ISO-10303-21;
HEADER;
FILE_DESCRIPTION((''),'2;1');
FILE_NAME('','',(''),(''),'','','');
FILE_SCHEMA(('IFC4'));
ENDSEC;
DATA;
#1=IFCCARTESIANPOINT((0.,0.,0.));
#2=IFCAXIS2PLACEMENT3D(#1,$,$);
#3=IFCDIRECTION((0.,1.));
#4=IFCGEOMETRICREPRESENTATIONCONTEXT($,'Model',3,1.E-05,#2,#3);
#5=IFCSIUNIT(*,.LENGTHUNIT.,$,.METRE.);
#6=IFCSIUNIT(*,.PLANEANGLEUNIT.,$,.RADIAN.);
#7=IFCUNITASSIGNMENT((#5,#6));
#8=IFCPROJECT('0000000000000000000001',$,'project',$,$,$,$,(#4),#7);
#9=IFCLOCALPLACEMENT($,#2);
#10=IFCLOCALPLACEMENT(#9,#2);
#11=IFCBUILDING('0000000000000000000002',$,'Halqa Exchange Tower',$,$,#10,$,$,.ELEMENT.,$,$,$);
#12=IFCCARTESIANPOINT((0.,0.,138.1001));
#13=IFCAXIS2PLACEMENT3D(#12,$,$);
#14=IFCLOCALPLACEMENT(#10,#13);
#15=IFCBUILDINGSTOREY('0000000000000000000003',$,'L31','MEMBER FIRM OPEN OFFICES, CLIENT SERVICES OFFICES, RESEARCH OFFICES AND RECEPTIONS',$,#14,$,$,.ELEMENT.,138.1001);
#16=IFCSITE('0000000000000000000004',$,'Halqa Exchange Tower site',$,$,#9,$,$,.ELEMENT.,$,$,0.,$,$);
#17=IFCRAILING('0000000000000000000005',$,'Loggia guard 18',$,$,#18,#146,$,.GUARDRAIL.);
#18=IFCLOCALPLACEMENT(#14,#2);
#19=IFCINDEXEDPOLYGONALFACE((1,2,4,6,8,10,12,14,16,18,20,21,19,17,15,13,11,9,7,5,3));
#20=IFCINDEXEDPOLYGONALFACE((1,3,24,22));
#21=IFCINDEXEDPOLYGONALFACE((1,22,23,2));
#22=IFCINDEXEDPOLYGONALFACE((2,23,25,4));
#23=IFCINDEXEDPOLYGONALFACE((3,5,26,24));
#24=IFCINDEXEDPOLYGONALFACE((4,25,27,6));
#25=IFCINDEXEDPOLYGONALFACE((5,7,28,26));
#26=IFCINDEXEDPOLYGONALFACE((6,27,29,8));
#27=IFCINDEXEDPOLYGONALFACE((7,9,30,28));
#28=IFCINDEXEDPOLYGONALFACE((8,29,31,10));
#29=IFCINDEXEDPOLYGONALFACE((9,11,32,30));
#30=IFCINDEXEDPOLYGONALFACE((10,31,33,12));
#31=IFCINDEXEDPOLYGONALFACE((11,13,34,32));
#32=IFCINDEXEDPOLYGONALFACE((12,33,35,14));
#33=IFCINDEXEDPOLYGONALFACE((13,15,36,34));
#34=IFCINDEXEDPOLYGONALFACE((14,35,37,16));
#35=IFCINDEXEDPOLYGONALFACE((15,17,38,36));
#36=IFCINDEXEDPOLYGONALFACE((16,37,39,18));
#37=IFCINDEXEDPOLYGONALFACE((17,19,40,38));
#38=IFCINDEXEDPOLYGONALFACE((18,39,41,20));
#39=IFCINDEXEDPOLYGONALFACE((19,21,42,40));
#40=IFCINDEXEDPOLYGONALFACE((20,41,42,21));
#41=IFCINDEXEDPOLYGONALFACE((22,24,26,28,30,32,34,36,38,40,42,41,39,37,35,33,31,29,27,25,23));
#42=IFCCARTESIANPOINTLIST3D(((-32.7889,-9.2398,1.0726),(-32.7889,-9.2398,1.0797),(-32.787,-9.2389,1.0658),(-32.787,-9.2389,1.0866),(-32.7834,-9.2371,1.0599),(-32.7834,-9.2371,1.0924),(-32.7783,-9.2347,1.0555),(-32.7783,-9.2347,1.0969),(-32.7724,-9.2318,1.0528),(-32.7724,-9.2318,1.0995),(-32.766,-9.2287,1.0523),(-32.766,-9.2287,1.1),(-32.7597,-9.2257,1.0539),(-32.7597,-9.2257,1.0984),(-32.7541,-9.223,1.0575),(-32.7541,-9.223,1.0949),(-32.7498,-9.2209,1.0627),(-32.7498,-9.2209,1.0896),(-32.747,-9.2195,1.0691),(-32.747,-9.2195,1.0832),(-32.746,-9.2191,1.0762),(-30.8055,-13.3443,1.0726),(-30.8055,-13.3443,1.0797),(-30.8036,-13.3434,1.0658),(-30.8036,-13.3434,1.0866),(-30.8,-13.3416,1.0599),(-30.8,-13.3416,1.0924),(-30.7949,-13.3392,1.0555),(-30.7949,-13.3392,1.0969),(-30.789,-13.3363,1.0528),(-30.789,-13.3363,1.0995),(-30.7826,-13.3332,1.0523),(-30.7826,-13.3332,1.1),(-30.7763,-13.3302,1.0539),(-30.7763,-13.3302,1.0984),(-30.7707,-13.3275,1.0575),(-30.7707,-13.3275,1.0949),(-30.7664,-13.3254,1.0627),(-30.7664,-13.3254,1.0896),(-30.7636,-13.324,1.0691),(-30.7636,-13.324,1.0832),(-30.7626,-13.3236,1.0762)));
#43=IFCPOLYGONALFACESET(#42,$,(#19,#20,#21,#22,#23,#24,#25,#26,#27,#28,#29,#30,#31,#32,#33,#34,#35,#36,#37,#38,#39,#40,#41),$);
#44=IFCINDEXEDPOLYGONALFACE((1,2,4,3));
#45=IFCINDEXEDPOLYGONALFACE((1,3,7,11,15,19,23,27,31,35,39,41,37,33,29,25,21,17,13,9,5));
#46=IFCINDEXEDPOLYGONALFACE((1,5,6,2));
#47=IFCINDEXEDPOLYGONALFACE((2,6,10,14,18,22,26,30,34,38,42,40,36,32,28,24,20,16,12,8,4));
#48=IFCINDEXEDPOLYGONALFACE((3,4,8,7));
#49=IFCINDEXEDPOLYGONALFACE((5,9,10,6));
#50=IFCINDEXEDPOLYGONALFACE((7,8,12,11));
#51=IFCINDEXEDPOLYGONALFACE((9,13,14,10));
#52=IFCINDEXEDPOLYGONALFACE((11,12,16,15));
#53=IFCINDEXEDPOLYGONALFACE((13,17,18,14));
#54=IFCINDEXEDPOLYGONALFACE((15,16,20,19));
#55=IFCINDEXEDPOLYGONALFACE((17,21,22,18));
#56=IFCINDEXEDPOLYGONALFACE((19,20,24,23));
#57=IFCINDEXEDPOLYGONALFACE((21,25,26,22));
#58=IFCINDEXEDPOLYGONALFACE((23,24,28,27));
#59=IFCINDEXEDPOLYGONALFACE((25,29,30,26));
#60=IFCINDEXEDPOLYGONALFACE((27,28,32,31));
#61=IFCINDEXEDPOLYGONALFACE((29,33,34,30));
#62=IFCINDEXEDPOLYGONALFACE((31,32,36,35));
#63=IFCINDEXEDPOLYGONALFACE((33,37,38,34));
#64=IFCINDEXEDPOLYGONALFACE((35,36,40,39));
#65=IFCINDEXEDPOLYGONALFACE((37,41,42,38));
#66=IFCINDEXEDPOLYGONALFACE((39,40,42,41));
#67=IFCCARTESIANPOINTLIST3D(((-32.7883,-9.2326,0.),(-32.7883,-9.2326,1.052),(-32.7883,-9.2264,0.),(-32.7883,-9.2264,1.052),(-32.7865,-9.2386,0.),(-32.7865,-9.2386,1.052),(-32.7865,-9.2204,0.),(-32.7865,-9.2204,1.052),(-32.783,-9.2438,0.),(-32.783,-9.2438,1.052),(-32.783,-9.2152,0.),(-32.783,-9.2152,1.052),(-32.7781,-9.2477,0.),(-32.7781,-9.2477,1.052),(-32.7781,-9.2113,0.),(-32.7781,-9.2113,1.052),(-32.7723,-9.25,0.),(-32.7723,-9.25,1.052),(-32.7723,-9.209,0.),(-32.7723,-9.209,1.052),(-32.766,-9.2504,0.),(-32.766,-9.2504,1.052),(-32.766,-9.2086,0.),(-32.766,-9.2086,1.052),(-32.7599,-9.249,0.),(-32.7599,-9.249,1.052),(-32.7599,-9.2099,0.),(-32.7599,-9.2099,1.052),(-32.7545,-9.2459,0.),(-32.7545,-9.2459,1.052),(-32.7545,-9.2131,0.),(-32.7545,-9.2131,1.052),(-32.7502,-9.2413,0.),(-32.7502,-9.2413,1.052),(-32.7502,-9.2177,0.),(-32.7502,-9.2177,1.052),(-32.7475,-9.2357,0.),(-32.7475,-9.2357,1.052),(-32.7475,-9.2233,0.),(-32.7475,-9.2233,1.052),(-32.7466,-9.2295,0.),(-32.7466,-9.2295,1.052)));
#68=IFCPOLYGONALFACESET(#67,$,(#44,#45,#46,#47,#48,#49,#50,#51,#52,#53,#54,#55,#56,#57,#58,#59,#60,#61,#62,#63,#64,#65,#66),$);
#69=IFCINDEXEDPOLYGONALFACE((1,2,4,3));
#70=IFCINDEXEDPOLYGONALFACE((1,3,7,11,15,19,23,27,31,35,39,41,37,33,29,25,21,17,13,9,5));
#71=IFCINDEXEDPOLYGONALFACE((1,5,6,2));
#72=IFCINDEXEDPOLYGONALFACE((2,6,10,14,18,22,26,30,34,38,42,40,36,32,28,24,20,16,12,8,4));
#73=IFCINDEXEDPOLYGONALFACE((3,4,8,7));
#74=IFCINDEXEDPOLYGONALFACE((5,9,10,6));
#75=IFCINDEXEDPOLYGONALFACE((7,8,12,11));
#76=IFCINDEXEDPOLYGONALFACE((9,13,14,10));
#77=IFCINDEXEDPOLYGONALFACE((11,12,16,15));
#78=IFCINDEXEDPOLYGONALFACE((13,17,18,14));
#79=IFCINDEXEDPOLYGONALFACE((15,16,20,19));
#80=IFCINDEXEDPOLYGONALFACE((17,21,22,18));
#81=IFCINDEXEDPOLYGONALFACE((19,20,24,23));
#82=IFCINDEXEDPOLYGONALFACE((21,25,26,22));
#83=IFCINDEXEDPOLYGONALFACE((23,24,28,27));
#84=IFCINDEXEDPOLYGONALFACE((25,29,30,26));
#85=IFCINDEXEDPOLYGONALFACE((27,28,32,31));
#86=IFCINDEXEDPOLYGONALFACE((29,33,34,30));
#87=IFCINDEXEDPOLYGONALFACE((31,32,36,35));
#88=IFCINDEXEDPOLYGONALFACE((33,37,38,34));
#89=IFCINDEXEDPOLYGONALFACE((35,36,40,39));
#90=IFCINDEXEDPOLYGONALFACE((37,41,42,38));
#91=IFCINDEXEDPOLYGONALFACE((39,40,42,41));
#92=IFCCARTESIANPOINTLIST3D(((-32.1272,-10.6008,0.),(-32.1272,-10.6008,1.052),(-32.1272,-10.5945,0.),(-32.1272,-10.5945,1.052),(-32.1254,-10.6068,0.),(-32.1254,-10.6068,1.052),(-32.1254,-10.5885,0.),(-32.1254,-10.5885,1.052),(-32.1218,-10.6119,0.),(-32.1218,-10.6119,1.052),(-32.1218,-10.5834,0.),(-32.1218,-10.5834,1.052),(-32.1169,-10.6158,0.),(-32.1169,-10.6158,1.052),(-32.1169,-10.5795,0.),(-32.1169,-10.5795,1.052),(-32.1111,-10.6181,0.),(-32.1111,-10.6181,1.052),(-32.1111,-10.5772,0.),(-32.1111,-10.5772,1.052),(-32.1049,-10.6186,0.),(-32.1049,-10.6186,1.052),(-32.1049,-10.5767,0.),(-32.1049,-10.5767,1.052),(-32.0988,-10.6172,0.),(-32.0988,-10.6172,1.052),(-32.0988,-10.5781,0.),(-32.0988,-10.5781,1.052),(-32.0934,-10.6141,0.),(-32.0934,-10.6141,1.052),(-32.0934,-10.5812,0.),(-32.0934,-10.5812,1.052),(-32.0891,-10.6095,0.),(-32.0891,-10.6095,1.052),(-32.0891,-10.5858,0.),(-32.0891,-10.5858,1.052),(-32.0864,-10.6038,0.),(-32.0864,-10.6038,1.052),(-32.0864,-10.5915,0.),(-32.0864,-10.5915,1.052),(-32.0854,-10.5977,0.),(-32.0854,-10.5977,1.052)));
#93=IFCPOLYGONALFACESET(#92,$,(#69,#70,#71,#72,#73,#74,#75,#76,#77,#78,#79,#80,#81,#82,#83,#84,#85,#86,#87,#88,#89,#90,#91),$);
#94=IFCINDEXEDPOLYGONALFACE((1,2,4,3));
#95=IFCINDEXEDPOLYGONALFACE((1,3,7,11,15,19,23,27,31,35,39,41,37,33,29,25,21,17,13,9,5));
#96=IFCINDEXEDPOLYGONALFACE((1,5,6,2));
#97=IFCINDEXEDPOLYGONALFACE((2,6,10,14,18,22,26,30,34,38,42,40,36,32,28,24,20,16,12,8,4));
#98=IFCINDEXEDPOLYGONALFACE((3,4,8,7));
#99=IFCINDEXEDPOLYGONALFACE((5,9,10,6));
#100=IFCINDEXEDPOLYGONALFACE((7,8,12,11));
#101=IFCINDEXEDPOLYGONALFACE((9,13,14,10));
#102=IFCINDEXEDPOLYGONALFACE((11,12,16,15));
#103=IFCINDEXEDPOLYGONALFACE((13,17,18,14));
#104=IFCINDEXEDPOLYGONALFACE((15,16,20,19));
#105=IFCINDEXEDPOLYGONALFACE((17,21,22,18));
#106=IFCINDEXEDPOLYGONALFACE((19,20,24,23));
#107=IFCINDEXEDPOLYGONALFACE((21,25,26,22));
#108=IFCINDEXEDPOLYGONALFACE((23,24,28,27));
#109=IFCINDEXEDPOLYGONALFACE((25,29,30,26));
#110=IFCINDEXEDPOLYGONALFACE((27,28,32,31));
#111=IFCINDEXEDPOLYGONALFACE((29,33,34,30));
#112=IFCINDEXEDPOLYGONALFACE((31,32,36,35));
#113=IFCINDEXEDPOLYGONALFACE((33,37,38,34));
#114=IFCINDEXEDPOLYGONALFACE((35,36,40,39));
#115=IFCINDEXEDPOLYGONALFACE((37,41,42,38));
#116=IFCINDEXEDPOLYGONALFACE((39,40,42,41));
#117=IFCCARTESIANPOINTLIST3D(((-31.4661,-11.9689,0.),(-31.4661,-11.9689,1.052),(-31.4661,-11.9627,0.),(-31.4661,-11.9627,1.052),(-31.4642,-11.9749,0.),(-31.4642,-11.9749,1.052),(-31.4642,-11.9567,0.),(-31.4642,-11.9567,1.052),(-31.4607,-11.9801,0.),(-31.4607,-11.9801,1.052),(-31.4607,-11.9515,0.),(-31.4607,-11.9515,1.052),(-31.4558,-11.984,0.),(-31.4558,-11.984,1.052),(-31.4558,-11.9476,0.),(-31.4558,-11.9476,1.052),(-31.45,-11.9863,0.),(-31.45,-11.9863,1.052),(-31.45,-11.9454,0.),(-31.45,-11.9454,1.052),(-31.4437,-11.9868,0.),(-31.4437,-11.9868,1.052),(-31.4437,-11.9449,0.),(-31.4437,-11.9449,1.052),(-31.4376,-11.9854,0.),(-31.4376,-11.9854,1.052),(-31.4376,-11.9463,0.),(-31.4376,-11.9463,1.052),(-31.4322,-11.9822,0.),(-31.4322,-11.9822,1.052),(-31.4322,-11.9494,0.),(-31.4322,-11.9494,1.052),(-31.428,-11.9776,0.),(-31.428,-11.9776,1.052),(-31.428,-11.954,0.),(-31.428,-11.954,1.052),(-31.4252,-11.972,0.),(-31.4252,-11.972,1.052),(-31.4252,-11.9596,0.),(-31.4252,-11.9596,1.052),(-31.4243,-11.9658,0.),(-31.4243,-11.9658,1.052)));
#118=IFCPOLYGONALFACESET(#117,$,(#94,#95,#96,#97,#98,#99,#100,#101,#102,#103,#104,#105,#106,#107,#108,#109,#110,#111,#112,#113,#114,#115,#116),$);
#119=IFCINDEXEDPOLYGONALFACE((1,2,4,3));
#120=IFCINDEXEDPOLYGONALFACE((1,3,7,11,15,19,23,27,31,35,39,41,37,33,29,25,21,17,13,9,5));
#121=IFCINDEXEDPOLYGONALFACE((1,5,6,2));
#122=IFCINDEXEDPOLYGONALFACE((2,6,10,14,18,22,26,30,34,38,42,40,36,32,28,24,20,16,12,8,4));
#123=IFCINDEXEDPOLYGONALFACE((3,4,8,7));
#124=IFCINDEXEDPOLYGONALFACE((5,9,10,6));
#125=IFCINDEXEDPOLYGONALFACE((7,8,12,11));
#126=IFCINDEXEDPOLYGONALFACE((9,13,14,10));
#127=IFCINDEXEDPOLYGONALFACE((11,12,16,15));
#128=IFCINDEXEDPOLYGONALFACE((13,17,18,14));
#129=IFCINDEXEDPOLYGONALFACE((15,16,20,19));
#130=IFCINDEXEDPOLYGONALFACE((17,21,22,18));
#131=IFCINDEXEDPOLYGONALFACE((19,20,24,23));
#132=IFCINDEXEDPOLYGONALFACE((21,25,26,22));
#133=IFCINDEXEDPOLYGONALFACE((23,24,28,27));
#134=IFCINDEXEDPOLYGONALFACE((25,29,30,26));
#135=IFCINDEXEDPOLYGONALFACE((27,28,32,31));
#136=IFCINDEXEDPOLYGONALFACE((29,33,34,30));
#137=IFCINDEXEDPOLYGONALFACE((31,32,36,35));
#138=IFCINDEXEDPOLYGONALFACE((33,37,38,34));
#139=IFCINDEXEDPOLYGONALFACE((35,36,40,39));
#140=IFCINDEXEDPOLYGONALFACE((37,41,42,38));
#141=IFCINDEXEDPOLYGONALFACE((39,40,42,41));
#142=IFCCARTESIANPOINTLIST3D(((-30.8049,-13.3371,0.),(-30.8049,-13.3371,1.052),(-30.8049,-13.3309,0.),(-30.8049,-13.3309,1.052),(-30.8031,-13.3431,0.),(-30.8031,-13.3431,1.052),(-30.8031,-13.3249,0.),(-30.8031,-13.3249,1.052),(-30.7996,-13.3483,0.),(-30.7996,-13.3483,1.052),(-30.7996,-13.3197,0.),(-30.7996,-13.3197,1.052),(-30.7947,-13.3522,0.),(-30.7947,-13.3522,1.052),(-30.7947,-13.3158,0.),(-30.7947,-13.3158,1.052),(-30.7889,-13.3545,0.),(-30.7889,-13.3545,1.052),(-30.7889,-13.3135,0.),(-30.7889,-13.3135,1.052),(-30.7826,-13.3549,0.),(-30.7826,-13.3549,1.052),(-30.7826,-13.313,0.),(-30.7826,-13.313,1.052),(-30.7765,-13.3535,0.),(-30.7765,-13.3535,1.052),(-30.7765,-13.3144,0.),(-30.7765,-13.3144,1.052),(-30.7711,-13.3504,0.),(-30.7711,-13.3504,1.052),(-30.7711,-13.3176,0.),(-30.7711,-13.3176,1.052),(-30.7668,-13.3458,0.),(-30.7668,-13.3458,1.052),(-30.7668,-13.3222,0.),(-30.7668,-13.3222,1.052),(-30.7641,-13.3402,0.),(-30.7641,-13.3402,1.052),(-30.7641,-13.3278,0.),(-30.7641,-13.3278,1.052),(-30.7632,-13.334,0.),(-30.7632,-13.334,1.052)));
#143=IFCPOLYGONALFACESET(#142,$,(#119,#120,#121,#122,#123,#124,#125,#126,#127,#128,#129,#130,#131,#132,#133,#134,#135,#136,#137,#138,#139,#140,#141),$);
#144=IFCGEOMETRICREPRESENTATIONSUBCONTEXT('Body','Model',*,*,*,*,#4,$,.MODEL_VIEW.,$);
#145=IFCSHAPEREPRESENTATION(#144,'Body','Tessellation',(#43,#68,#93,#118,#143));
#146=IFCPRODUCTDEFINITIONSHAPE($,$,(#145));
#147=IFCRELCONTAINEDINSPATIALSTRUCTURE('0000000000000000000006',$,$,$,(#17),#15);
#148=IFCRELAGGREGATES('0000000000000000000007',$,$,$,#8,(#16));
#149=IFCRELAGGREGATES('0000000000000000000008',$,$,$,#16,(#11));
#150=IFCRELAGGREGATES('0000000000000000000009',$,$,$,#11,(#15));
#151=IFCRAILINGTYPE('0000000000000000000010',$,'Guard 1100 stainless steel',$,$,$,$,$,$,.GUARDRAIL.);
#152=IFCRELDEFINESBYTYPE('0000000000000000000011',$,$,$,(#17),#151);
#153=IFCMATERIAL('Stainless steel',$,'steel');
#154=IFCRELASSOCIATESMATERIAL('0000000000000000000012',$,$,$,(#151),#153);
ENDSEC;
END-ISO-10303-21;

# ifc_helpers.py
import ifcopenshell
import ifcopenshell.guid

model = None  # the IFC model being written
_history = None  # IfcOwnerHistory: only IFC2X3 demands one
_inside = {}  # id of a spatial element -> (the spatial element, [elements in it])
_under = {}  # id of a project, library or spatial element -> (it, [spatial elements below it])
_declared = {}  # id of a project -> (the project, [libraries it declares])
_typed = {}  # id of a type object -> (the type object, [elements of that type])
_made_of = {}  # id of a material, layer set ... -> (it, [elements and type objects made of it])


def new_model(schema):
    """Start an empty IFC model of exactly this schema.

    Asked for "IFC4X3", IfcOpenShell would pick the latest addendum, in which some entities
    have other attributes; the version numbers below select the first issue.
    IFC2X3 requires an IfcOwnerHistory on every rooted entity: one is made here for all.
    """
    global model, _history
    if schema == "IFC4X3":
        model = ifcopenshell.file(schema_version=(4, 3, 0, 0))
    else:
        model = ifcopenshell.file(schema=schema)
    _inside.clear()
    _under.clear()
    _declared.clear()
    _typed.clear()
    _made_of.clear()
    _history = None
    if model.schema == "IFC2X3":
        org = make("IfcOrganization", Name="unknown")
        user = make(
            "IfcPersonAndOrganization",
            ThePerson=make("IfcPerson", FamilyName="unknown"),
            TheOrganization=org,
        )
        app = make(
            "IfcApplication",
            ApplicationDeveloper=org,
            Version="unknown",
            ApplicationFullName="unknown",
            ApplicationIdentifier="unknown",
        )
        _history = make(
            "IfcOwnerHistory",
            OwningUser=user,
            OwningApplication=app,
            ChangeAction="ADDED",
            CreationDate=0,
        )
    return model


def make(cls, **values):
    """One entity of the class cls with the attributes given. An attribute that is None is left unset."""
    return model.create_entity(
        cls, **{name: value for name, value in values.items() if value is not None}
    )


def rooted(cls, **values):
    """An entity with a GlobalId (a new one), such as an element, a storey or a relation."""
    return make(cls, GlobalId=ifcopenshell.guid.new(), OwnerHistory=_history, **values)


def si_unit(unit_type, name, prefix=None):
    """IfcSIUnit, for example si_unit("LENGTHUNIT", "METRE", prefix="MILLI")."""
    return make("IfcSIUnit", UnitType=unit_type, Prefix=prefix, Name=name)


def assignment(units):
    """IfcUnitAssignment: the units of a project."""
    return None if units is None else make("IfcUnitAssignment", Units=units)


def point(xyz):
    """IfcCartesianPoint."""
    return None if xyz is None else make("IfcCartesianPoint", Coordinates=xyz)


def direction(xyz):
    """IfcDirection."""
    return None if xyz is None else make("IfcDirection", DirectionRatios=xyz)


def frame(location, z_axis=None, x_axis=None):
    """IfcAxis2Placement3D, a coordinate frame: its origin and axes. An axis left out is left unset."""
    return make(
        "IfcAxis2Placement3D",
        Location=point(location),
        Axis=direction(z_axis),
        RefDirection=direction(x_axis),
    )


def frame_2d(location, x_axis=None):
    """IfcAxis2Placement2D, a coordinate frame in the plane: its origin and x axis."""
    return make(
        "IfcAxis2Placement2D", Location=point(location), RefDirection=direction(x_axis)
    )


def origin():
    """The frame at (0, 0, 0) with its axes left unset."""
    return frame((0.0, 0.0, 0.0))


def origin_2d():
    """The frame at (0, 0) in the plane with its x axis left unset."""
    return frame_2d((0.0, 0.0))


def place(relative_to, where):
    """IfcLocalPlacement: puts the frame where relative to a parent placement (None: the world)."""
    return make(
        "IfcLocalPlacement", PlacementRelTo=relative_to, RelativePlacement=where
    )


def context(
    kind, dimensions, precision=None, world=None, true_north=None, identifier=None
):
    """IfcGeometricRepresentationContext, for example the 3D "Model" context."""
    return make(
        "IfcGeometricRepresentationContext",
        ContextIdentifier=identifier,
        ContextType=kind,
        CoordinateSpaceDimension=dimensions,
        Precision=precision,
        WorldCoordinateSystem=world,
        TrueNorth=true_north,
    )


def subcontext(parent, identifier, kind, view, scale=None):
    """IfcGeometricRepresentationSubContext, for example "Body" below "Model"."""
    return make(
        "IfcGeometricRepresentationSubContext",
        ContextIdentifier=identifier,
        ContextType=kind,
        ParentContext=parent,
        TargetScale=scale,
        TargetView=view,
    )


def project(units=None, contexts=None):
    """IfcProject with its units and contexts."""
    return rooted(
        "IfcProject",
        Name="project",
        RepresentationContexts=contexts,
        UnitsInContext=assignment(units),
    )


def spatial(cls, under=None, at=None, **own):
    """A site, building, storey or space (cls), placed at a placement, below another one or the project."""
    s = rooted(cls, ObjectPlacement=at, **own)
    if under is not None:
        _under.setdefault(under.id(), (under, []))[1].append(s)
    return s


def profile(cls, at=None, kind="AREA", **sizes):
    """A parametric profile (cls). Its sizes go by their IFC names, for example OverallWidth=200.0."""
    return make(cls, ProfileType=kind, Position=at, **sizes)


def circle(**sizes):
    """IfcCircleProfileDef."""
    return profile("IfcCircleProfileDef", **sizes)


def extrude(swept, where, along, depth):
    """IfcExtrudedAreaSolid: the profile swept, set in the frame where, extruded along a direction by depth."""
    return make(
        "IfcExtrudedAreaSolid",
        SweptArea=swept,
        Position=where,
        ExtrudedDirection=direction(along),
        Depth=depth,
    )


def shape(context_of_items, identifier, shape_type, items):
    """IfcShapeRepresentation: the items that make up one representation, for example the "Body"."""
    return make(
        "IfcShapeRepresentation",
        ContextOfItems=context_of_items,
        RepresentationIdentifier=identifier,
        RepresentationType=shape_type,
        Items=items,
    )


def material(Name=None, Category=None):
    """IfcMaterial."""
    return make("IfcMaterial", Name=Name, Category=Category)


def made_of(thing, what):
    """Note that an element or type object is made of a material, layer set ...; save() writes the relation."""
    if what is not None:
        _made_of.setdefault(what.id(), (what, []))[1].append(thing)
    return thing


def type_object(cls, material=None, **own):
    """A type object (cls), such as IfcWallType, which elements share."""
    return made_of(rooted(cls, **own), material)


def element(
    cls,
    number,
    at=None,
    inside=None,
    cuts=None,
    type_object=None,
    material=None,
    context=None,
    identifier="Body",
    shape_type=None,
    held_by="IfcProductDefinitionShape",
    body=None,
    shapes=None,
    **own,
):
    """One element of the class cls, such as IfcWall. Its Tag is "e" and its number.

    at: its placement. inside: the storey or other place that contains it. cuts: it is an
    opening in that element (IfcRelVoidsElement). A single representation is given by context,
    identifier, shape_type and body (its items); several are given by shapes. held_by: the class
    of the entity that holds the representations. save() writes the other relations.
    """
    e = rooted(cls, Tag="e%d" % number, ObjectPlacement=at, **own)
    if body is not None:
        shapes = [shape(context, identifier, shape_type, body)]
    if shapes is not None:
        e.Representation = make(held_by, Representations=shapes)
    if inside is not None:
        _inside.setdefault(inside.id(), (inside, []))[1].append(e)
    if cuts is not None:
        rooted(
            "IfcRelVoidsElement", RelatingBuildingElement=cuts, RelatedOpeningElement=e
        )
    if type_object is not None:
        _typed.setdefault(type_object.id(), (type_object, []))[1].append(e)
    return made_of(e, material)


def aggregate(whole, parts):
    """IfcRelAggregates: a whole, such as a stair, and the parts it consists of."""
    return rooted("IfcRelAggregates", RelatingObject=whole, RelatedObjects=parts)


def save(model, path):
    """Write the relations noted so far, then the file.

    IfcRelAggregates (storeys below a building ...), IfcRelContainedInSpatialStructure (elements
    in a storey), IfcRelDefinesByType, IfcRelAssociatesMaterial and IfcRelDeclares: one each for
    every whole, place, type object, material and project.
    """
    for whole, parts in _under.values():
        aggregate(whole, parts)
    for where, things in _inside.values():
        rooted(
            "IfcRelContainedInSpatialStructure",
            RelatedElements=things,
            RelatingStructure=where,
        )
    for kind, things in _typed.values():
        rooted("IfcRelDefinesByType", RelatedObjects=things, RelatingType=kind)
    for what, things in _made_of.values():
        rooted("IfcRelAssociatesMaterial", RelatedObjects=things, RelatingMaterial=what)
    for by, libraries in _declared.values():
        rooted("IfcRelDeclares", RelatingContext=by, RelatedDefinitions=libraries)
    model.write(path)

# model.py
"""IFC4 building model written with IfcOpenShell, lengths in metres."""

from ifc_helpers import new_model, si_unit, direction, frame, origin, origin_2d, place, context, subcontext, project, spatial, circle, extrude, material, type_object, element, save


model = new_model("IFC4")

# Units and contexts
model_context = context("Model", 3, precision=1e-05, world=origin(), true_north=direction((0.0, 1.0)))
body_context = subcontext(model_context, "Body", "Model", "MODEL_VIEW")
ifc_project = project(units=[si_unit("LENGTHUNIT", "METRE"), si_unit("PLANEANGLEUNIT", "RADIAN")], contexts=[model_context])

# Site, building, storey
site_placement = place(None, origin())
site = spatial("IfcSite", under=ifc_project, at=site_placement, Name="Halqa Exchange Tower site", CompositionType="ELEMENT", RefElevation=0.0)
building_placement = place(site_placement, origin())
building = spatial("IfcBuilding", under=site, at=building_placement, Name="Halqa Exchange Tower", CompositionType="ELEMENT")
storey_placement = place(building_placement, frame((0.0, 0.0, 138.1001)))
storey = spatial("IfcBuildingStorey", under=building, at=storey_placement, Name="L31", Description="MEMBER FIRM OPEN OFFICES, CLIENT SERVICES OFFICES, RESEARCH OFFICES AND RECEPTIONS", CompositionType="ELEMENT", Elevation=138.1001)

# Railing
ifc_material_1 = material(Name="Stainless steel", Category="steel")
railing_type = type_object("IfcRailingType", Name="Guard 1100 stainless steel", PredefinedType="GUARDRAIL", material=ifc_material_1)
railing_1_placement = place(storey_placement, frame((-32.7676, -9.2295, 0.0)))
element("IfcRailing", 1, at=railing_1_placement, inside=storey, type_object=railing_type, Name="Loggia guard 18", PredefinedType="GUARDRAIL", context=body_context, shape_type="SweptSolid", body=[
    extrude(circle(Radius=0.0239, at=origin_2d()), frame((0.0, 0.0, 1.0762), z_axis=(0.435091, -0.900387, 0.0), x_axis=(0.900387, 0.435091, 0.0)), (0.0, 0.0, 1.0), 4.5586),
    extrude(circle(Radius=0.021, at=origin_2d()), origin(), (0.0, 0.0, 1.0), 1.052),
    extrude(circle(Radius=0.021, at=origin_2d()), frame((0.6611, -1.3682, 0.0)), (0.0, 0.0, 1.0), 1.052),
    extrude(circle(Radius=0.021, at=origin_2d()), frame((1.3223, -2.7363, 0.0)), (0.0, 0.0, 1.0), 1.052),
    extrude(circle(Radius=0.021, at=origin_2d()), frame((1.9834, -4.1045, 0.0)), (0.0, 0.0, 1.0), 1.052),
])

save(model, "model.ifc")
